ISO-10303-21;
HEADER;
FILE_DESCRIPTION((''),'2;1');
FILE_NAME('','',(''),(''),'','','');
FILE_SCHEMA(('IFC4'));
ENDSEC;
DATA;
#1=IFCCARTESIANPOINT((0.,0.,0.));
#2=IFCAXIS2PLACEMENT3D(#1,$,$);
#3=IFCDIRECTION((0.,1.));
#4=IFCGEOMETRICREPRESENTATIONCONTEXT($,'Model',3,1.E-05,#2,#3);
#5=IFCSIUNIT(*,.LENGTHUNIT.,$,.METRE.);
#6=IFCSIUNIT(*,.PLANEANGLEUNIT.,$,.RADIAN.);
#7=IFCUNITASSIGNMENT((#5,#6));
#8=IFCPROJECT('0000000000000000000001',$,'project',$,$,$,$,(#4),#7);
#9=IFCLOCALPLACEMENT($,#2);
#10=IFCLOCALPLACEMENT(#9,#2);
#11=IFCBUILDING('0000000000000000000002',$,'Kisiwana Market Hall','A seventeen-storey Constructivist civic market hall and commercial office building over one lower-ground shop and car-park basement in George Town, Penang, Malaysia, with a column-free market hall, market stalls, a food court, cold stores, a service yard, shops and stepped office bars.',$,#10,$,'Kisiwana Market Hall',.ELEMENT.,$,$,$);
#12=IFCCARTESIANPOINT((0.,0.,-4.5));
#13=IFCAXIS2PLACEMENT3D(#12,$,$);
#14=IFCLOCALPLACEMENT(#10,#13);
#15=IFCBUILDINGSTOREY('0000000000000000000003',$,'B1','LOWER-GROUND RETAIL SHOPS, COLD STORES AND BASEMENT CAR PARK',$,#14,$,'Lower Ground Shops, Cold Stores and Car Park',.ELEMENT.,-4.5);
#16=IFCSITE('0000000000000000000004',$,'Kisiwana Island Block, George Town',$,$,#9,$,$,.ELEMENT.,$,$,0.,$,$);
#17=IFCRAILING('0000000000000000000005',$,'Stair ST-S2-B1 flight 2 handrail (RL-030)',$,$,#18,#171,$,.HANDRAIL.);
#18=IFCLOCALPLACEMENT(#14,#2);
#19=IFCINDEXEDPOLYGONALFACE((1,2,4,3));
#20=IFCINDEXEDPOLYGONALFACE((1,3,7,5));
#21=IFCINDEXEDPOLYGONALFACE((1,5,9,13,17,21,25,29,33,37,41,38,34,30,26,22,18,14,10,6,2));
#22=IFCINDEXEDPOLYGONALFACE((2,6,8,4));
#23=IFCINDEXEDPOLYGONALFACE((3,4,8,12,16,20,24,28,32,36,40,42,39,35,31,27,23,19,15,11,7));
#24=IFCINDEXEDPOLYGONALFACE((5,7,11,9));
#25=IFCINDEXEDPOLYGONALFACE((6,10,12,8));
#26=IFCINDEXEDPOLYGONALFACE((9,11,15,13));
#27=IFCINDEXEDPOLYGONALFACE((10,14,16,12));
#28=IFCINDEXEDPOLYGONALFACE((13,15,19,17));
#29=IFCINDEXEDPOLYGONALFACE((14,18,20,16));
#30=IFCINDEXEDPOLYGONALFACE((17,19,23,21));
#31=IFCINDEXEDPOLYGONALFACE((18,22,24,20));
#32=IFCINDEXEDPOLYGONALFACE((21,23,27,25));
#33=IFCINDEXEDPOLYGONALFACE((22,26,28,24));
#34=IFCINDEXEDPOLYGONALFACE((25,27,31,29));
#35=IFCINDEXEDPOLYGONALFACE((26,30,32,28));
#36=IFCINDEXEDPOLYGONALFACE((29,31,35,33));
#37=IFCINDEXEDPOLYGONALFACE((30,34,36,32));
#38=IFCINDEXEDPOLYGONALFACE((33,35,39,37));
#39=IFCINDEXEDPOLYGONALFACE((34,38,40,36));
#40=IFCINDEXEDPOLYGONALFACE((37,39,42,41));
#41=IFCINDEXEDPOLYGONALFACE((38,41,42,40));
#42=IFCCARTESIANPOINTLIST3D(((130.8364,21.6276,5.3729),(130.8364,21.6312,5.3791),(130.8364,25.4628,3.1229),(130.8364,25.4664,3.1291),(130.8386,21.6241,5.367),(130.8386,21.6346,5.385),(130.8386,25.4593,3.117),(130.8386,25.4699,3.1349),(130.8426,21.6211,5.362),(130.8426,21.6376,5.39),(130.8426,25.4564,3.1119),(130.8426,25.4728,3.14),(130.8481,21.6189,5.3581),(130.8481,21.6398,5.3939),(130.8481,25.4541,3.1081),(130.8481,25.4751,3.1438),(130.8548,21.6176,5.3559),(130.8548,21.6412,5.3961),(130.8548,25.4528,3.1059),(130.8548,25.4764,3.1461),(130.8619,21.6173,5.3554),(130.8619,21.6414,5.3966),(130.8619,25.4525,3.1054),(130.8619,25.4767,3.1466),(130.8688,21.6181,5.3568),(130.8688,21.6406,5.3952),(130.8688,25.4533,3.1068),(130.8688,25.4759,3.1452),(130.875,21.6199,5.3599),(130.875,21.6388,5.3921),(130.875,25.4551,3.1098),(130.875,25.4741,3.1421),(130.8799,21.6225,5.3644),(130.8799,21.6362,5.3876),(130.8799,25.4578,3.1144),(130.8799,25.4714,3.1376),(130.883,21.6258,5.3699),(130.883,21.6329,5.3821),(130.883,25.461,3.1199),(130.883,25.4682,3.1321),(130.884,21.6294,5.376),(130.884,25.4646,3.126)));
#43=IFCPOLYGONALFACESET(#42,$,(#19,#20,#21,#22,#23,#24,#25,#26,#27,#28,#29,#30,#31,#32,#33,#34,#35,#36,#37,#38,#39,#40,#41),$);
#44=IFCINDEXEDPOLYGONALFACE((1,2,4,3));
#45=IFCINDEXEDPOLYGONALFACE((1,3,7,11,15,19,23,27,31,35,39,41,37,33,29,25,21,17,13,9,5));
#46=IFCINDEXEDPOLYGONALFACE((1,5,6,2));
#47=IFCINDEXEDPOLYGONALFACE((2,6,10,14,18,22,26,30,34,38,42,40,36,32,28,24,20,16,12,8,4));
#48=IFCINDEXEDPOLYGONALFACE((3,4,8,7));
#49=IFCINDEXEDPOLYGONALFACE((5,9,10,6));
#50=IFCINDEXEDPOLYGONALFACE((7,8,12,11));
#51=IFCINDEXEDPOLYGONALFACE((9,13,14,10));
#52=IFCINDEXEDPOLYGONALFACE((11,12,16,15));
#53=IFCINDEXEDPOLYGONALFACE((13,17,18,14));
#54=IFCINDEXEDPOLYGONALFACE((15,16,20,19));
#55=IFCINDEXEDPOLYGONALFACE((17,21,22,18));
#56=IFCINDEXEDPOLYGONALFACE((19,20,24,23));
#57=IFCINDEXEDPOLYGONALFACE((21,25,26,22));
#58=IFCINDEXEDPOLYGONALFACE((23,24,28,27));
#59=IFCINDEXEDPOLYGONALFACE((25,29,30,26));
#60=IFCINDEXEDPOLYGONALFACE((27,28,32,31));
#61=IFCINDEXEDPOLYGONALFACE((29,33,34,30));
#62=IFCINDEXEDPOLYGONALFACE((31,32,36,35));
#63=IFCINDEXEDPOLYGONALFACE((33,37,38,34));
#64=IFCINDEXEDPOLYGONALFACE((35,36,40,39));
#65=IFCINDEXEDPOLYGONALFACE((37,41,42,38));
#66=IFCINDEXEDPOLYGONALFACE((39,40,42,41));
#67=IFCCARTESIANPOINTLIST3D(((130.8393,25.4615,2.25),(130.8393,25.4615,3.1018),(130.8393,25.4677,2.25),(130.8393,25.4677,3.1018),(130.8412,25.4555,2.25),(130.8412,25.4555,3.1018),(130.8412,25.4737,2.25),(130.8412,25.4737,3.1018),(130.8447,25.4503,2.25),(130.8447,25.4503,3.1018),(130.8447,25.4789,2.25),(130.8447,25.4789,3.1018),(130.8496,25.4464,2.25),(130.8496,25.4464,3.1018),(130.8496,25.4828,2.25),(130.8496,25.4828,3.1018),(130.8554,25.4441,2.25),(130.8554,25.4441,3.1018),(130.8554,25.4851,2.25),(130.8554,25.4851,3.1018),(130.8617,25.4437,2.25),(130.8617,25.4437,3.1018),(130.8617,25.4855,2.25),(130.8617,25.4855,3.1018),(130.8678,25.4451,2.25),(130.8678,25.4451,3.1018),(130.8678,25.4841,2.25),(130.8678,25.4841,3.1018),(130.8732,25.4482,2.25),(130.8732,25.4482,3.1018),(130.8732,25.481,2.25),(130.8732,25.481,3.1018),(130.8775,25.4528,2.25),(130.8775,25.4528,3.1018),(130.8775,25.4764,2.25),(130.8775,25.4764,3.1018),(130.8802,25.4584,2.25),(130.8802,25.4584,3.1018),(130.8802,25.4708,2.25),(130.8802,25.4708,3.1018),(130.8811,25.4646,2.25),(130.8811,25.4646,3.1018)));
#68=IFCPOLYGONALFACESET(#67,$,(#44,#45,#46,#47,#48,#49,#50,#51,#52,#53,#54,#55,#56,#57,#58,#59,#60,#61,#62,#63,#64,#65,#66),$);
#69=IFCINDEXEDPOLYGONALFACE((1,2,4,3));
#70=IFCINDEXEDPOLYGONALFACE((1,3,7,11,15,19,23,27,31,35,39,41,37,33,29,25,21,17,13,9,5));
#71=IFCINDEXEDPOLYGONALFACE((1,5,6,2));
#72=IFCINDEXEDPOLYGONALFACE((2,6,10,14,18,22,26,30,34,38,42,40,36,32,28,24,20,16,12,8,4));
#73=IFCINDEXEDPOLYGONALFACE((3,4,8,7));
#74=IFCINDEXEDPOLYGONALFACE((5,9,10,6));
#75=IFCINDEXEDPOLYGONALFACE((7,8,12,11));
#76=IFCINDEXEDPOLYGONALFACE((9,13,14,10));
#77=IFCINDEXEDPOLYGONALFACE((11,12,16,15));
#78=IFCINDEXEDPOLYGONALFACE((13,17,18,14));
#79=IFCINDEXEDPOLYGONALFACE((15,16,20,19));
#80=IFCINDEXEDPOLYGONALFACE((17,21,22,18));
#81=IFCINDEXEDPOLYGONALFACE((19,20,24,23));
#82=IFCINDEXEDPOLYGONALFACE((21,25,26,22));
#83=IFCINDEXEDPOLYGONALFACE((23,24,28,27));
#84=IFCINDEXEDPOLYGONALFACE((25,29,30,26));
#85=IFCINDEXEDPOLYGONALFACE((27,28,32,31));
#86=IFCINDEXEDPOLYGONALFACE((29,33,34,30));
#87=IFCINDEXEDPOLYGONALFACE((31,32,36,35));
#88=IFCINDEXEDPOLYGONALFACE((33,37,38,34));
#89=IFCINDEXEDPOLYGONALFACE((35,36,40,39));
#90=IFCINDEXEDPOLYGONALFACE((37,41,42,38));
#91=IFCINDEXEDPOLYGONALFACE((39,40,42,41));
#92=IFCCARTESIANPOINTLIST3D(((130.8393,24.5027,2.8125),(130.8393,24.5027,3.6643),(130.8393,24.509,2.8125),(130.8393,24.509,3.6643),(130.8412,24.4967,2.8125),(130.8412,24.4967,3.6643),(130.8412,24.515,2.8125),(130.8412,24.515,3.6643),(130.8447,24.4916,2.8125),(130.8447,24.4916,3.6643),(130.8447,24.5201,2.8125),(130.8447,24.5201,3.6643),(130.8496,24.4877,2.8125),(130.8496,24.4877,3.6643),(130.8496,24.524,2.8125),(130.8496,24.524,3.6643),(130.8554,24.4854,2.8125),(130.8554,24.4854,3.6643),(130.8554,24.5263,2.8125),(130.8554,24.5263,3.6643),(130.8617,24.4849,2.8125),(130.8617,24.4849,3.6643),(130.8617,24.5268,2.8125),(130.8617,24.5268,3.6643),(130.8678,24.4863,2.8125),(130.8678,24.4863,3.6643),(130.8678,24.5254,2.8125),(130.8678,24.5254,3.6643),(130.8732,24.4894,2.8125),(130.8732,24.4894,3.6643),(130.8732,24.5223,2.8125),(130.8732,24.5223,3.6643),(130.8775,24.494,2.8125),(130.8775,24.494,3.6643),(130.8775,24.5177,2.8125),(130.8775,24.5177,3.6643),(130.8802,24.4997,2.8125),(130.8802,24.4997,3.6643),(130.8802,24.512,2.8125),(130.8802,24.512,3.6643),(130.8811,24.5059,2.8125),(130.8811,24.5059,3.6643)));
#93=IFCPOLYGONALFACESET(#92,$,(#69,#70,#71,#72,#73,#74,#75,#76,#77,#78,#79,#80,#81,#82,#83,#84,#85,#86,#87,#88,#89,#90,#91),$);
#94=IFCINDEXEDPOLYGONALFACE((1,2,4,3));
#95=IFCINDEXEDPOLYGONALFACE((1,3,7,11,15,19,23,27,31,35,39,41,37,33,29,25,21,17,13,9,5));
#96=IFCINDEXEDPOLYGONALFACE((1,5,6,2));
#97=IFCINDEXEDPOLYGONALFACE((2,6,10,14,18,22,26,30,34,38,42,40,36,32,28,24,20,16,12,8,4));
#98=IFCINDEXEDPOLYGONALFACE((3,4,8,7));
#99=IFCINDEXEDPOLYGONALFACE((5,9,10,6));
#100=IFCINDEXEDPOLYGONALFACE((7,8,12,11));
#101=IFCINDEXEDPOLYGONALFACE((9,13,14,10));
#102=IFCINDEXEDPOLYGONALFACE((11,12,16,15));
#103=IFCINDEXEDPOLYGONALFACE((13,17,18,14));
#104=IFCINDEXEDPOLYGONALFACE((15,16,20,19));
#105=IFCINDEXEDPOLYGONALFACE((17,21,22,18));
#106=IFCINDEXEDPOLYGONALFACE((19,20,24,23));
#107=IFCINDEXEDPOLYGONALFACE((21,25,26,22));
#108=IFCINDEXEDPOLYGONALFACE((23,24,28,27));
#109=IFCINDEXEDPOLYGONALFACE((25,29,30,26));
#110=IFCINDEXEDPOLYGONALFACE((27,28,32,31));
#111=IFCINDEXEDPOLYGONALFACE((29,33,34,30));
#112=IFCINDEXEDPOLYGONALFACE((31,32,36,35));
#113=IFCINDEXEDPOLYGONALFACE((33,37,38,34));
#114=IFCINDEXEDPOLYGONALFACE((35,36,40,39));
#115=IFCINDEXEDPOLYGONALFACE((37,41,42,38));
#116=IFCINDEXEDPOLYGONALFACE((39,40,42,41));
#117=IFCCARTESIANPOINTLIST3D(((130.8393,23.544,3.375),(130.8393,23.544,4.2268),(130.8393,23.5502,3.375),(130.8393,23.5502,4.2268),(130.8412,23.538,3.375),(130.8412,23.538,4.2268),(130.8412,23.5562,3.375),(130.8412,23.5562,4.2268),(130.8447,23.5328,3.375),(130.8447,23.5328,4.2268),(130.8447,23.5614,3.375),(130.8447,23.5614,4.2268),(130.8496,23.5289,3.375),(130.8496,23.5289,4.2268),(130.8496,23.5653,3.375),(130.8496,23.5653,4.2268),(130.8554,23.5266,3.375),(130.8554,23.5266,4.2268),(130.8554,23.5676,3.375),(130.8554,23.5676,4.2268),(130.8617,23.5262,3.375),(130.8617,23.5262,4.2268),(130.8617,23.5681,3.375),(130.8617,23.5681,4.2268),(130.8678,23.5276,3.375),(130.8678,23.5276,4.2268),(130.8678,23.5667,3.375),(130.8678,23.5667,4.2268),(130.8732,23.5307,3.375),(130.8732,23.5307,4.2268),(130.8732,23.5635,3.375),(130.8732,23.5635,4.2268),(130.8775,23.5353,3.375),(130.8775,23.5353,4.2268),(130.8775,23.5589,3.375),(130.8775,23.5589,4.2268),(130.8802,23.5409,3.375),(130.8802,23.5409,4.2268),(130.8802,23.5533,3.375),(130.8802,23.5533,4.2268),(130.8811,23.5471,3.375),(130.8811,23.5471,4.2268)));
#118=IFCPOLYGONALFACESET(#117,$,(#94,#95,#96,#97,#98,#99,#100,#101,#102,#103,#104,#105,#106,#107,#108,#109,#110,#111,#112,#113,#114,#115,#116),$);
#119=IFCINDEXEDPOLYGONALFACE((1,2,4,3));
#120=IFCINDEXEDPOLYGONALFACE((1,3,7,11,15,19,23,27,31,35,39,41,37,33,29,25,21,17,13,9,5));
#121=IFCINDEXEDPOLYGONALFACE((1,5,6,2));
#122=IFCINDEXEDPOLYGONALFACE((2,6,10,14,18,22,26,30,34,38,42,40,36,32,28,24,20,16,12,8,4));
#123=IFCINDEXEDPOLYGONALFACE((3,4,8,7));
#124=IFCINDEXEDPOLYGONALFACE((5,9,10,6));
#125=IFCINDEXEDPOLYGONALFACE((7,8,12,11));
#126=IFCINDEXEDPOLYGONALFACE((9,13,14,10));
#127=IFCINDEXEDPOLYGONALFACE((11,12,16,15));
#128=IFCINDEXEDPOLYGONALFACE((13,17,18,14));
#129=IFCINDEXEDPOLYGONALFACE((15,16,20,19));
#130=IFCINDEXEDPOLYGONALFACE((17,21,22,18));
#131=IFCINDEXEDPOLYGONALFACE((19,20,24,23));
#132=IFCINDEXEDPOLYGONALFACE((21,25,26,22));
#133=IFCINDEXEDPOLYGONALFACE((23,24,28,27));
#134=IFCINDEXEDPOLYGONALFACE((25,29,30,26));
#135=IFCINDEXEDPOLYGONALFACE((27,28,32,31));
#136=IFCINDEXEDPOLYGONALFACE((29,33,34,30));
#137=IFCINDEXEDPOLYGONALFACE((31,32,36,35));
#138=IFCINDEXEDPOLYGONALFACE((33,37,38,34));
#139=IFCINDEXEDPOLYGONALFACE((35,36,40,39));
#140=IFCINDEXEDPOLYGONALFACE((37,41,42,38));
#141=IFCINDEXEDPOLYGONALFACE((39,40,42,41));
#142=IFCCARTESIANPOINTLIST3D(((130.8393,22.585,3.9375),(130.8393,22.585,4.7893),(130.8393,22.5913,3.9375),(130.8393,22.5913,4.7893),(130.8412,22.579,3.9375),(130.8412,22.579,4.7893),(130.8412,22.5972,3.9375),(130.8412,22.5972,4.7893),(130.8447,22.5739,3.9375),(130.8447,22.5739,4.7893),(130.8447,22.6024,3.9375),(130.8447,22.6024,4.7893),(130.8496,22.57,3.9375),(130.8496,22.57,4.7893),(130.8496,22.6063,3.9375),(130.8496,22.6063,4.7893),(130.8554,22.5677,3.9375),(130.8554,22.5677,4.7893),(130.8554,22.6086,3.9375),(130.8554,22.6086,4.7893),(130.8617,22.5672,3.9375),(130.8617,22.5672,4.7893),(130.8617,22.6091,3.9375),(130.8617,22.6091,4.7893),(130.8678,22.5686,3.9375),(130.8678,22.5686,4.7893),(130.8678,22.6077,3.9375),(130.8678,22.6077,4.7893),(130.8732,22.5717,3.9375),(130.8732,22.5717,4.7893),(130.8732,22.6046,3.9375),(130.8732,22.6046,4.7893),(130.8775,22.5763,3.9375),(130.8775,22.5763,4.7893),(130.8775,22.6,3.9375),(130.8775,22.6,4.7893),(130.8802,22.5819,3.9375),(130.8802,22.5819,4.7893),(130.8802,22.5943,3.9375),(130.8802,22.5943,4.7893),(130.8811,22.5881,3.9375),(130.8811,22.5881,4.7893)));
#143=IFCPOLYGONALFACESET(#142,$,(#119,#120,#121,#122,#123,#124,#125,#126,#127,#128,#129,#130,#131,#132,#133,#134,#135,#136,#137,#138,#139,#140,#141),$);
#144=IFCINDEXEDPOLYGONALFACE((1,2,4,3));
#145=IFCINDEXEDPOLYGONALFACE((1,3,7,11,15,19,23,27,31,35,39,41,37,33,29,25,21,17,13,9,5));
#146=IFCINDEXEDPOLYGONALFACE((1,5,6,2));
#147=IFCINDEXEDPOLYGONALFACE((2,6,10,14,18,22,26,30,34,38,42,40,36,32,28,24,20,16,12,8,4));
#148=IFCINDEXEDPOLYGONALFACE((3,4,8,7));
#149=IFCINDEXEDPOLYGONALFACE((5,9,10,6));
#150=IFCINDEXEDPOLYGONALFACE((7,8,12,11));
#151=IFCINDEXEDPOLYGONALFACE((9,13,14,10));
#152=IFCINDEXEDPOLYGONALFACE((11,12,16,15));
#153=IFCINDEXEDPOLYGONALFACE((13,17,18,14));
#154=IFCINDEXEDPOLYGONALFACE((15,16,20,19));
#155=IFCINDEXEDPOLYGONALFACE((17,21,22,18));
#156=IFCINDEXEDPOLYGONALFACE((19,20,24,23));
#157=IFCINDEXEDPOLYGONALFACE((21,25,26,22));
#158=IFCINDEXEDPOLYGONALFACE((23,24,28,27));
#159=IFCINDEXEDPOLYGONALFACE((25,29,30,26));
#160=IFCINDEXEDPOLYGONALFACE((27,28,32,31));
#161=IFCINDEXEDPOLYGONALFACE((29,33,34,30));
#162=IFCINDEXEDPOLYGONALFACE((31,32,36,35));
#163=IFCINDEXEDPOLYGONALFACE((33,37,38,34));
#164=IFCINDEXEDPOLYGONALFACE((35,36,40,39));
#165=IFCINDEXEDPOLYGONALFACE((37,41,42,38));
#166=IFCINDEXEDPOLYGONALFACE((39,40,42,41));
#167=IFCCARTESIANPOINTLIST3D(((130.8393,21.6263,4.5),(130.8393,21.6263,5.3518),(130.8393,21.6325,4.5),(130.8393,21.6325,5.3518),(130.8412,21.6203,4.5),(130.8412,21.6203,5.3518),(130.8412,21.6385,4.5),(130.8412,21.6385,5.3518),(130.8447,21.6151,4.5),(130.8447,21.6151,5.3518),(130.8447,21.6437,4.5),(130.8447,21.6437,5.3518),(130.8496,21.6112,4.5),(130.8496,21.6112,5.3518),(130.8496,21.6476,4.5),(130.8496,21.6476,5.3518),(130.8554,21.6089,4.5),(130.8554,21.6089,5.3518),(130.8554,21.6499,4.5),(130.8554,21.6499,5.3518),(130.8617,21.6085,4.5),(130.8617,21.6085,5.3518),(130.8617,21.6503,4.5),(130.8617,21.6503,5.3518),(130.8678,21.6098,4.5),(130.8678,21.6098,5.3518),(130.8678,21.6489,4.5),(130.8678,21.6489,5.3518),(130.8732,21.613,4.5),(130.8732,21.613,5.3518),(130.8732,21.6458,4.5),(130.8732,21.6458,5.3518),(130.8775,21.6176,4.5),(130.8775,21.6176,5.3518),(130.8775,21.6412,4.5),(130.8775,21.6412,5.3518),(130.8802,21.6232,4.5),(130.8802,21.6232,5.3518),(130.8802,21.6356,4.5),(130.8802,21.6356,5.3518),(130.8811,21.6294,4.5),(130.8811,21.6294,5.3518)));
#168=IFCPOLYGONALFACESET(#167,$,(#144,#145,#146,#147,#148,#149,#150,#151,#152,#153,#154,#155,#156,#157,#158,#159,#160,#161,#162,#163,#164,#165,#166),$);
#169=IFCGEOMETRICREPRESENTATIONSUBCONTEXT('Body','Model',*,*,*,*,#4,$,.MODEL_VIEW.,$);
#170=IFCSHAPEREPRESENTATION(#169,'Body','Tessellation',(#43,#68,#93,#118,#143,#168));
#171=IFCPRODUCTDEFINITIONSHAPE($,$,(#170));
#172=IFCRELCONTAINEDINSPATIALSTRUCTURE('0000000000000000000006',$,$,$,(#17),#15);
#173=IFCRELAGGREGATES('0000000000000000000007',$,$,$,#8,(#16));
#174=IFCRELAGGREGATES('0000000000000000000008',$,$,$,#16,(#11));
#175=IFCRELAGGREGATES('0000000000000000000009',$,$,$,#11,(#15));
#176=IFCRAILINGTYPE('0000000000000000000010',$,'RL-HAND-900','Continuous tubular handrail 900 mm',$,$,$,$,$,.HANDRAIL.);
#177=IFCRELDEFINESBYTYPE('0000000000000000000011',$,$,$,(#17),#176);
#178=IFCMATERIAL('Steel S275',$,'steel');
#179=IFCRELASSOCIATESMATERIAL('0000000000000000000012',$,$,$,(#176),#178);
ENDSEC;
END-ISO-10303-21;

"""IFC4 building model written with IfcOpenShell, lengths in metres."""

from ifc_helpers import new_model, si_unit, direction, frame, origin, origin_2d, place, context, subcontext, project, spatial, circle, extrude, material, type_object, element, save


model = new_model("IFC4")

# Units and contexts
model_context = context("Model", 3, precision=1e-05, world=origin(), true_north=direction((0.0, 1.0)))
body_context = subcontext(model_context, "Body", "Model", "MODEL_VIEW")
ifc_project = project(units=[si_unit("LENGTHUNIT", "METRE"), si_unit("PLANEANGLEUNIT", "RADIAN")], contexts=[model_context])

# Site, building, storey
site_placement = place(None, origin())
site = spatial("IfcSite", under=ifc_project, at=site_placement, Name="Kisiwana Island Block, George Town", CompositionType="ELEMENT", RefElevation=0.0)
building_placement = place(site_placement, origin())
building = spatial("IfcBuilding", under=site, at=building_placement, Name="Kisiwana Market Hall", Description="A seventeen-storey Constructivist civic market hall and commercial office building over one lower-ground shop and car-park basement in George Town, Penang, Malaysia, with a column-free market hall, market stalls, a food court, cold stores, a service yard, shops and stepped office bars.", LongName="Kisiwana Market Hall", CompositionType="ELEMENT")
storey_placement = place(building_placement, frame((0.0, 0.0, -4.5)))
storey = spatial("IfcBuildingStorey", under=building, at=storey_placement, Name="B1", Description="LOWER-GROUND RETAIL SHOPS, COLD STORES AND BASEMENT CAR PARK", LongName="Lower Ground Shops, Cold Stores and Car Park", CompositionType="ELEMENT", Elevation=-4.5)

# Railing
ifc_material_1 = material(Name="Steel S275", Category="steel")
railing_type_1 = type_object("IfcRailingType", Name="RL-HAND-900", Description="Continuous tubular handrail 900 mm", PredefinedType="HANDRAIL", material=ifc_material_1)
railing_1_placement = place(storey_placement, frame((130.8601, 25.4646, 2.25)))
element("IfcRailing", 1, at=railing_1_placement, inside=storey, type_object=railing_type_1, Name="Stair ST-S2-B1 flight 2 handrail (RL-030)", PredefinedType="HANDRAIL", context=body_context, shape_type="SweptSolid", body=[
    extrude(circle(Radius=0.0239, at=origin_2d()), frame((0.0, 0.0, 0.876), z_axis=(0.0, -0.862524, 0.506017), x_axis=(1.0, 0.0, 0.0)), (0.0, 0.0, 1.0), 4.4465),
    extrude(circle(Radius=0.021, at=origin_2d()), origin(), (0.0, 0.0, 1.0), 0.8518),
    extrude(circle(Radius=0.021, at=origin_2d()), frame((0.0, -0.9587, 0.5625)), (0.0, 0.0, 1.0), 0.8518),
    extrude(circle(Radius=0.021, at=origin_2d()), frame((0.0, -1.9175, 1.125)), (0.0, 0.0, 1.0), 0.8518),
    extrude(circle(Radius=0.021, at=origin_2d()), frame((0.0, -2.8765, 1.6875)), (0.0, 0.0, 1.0), 0.8518),
    extrude(circle(Radius=0.021, at=origin_2d()), frame((0.0, -3.8352, 2.25)), (0.0, 0.0, 1.0), 0.8518),
])

save(model, "model.ifc")
